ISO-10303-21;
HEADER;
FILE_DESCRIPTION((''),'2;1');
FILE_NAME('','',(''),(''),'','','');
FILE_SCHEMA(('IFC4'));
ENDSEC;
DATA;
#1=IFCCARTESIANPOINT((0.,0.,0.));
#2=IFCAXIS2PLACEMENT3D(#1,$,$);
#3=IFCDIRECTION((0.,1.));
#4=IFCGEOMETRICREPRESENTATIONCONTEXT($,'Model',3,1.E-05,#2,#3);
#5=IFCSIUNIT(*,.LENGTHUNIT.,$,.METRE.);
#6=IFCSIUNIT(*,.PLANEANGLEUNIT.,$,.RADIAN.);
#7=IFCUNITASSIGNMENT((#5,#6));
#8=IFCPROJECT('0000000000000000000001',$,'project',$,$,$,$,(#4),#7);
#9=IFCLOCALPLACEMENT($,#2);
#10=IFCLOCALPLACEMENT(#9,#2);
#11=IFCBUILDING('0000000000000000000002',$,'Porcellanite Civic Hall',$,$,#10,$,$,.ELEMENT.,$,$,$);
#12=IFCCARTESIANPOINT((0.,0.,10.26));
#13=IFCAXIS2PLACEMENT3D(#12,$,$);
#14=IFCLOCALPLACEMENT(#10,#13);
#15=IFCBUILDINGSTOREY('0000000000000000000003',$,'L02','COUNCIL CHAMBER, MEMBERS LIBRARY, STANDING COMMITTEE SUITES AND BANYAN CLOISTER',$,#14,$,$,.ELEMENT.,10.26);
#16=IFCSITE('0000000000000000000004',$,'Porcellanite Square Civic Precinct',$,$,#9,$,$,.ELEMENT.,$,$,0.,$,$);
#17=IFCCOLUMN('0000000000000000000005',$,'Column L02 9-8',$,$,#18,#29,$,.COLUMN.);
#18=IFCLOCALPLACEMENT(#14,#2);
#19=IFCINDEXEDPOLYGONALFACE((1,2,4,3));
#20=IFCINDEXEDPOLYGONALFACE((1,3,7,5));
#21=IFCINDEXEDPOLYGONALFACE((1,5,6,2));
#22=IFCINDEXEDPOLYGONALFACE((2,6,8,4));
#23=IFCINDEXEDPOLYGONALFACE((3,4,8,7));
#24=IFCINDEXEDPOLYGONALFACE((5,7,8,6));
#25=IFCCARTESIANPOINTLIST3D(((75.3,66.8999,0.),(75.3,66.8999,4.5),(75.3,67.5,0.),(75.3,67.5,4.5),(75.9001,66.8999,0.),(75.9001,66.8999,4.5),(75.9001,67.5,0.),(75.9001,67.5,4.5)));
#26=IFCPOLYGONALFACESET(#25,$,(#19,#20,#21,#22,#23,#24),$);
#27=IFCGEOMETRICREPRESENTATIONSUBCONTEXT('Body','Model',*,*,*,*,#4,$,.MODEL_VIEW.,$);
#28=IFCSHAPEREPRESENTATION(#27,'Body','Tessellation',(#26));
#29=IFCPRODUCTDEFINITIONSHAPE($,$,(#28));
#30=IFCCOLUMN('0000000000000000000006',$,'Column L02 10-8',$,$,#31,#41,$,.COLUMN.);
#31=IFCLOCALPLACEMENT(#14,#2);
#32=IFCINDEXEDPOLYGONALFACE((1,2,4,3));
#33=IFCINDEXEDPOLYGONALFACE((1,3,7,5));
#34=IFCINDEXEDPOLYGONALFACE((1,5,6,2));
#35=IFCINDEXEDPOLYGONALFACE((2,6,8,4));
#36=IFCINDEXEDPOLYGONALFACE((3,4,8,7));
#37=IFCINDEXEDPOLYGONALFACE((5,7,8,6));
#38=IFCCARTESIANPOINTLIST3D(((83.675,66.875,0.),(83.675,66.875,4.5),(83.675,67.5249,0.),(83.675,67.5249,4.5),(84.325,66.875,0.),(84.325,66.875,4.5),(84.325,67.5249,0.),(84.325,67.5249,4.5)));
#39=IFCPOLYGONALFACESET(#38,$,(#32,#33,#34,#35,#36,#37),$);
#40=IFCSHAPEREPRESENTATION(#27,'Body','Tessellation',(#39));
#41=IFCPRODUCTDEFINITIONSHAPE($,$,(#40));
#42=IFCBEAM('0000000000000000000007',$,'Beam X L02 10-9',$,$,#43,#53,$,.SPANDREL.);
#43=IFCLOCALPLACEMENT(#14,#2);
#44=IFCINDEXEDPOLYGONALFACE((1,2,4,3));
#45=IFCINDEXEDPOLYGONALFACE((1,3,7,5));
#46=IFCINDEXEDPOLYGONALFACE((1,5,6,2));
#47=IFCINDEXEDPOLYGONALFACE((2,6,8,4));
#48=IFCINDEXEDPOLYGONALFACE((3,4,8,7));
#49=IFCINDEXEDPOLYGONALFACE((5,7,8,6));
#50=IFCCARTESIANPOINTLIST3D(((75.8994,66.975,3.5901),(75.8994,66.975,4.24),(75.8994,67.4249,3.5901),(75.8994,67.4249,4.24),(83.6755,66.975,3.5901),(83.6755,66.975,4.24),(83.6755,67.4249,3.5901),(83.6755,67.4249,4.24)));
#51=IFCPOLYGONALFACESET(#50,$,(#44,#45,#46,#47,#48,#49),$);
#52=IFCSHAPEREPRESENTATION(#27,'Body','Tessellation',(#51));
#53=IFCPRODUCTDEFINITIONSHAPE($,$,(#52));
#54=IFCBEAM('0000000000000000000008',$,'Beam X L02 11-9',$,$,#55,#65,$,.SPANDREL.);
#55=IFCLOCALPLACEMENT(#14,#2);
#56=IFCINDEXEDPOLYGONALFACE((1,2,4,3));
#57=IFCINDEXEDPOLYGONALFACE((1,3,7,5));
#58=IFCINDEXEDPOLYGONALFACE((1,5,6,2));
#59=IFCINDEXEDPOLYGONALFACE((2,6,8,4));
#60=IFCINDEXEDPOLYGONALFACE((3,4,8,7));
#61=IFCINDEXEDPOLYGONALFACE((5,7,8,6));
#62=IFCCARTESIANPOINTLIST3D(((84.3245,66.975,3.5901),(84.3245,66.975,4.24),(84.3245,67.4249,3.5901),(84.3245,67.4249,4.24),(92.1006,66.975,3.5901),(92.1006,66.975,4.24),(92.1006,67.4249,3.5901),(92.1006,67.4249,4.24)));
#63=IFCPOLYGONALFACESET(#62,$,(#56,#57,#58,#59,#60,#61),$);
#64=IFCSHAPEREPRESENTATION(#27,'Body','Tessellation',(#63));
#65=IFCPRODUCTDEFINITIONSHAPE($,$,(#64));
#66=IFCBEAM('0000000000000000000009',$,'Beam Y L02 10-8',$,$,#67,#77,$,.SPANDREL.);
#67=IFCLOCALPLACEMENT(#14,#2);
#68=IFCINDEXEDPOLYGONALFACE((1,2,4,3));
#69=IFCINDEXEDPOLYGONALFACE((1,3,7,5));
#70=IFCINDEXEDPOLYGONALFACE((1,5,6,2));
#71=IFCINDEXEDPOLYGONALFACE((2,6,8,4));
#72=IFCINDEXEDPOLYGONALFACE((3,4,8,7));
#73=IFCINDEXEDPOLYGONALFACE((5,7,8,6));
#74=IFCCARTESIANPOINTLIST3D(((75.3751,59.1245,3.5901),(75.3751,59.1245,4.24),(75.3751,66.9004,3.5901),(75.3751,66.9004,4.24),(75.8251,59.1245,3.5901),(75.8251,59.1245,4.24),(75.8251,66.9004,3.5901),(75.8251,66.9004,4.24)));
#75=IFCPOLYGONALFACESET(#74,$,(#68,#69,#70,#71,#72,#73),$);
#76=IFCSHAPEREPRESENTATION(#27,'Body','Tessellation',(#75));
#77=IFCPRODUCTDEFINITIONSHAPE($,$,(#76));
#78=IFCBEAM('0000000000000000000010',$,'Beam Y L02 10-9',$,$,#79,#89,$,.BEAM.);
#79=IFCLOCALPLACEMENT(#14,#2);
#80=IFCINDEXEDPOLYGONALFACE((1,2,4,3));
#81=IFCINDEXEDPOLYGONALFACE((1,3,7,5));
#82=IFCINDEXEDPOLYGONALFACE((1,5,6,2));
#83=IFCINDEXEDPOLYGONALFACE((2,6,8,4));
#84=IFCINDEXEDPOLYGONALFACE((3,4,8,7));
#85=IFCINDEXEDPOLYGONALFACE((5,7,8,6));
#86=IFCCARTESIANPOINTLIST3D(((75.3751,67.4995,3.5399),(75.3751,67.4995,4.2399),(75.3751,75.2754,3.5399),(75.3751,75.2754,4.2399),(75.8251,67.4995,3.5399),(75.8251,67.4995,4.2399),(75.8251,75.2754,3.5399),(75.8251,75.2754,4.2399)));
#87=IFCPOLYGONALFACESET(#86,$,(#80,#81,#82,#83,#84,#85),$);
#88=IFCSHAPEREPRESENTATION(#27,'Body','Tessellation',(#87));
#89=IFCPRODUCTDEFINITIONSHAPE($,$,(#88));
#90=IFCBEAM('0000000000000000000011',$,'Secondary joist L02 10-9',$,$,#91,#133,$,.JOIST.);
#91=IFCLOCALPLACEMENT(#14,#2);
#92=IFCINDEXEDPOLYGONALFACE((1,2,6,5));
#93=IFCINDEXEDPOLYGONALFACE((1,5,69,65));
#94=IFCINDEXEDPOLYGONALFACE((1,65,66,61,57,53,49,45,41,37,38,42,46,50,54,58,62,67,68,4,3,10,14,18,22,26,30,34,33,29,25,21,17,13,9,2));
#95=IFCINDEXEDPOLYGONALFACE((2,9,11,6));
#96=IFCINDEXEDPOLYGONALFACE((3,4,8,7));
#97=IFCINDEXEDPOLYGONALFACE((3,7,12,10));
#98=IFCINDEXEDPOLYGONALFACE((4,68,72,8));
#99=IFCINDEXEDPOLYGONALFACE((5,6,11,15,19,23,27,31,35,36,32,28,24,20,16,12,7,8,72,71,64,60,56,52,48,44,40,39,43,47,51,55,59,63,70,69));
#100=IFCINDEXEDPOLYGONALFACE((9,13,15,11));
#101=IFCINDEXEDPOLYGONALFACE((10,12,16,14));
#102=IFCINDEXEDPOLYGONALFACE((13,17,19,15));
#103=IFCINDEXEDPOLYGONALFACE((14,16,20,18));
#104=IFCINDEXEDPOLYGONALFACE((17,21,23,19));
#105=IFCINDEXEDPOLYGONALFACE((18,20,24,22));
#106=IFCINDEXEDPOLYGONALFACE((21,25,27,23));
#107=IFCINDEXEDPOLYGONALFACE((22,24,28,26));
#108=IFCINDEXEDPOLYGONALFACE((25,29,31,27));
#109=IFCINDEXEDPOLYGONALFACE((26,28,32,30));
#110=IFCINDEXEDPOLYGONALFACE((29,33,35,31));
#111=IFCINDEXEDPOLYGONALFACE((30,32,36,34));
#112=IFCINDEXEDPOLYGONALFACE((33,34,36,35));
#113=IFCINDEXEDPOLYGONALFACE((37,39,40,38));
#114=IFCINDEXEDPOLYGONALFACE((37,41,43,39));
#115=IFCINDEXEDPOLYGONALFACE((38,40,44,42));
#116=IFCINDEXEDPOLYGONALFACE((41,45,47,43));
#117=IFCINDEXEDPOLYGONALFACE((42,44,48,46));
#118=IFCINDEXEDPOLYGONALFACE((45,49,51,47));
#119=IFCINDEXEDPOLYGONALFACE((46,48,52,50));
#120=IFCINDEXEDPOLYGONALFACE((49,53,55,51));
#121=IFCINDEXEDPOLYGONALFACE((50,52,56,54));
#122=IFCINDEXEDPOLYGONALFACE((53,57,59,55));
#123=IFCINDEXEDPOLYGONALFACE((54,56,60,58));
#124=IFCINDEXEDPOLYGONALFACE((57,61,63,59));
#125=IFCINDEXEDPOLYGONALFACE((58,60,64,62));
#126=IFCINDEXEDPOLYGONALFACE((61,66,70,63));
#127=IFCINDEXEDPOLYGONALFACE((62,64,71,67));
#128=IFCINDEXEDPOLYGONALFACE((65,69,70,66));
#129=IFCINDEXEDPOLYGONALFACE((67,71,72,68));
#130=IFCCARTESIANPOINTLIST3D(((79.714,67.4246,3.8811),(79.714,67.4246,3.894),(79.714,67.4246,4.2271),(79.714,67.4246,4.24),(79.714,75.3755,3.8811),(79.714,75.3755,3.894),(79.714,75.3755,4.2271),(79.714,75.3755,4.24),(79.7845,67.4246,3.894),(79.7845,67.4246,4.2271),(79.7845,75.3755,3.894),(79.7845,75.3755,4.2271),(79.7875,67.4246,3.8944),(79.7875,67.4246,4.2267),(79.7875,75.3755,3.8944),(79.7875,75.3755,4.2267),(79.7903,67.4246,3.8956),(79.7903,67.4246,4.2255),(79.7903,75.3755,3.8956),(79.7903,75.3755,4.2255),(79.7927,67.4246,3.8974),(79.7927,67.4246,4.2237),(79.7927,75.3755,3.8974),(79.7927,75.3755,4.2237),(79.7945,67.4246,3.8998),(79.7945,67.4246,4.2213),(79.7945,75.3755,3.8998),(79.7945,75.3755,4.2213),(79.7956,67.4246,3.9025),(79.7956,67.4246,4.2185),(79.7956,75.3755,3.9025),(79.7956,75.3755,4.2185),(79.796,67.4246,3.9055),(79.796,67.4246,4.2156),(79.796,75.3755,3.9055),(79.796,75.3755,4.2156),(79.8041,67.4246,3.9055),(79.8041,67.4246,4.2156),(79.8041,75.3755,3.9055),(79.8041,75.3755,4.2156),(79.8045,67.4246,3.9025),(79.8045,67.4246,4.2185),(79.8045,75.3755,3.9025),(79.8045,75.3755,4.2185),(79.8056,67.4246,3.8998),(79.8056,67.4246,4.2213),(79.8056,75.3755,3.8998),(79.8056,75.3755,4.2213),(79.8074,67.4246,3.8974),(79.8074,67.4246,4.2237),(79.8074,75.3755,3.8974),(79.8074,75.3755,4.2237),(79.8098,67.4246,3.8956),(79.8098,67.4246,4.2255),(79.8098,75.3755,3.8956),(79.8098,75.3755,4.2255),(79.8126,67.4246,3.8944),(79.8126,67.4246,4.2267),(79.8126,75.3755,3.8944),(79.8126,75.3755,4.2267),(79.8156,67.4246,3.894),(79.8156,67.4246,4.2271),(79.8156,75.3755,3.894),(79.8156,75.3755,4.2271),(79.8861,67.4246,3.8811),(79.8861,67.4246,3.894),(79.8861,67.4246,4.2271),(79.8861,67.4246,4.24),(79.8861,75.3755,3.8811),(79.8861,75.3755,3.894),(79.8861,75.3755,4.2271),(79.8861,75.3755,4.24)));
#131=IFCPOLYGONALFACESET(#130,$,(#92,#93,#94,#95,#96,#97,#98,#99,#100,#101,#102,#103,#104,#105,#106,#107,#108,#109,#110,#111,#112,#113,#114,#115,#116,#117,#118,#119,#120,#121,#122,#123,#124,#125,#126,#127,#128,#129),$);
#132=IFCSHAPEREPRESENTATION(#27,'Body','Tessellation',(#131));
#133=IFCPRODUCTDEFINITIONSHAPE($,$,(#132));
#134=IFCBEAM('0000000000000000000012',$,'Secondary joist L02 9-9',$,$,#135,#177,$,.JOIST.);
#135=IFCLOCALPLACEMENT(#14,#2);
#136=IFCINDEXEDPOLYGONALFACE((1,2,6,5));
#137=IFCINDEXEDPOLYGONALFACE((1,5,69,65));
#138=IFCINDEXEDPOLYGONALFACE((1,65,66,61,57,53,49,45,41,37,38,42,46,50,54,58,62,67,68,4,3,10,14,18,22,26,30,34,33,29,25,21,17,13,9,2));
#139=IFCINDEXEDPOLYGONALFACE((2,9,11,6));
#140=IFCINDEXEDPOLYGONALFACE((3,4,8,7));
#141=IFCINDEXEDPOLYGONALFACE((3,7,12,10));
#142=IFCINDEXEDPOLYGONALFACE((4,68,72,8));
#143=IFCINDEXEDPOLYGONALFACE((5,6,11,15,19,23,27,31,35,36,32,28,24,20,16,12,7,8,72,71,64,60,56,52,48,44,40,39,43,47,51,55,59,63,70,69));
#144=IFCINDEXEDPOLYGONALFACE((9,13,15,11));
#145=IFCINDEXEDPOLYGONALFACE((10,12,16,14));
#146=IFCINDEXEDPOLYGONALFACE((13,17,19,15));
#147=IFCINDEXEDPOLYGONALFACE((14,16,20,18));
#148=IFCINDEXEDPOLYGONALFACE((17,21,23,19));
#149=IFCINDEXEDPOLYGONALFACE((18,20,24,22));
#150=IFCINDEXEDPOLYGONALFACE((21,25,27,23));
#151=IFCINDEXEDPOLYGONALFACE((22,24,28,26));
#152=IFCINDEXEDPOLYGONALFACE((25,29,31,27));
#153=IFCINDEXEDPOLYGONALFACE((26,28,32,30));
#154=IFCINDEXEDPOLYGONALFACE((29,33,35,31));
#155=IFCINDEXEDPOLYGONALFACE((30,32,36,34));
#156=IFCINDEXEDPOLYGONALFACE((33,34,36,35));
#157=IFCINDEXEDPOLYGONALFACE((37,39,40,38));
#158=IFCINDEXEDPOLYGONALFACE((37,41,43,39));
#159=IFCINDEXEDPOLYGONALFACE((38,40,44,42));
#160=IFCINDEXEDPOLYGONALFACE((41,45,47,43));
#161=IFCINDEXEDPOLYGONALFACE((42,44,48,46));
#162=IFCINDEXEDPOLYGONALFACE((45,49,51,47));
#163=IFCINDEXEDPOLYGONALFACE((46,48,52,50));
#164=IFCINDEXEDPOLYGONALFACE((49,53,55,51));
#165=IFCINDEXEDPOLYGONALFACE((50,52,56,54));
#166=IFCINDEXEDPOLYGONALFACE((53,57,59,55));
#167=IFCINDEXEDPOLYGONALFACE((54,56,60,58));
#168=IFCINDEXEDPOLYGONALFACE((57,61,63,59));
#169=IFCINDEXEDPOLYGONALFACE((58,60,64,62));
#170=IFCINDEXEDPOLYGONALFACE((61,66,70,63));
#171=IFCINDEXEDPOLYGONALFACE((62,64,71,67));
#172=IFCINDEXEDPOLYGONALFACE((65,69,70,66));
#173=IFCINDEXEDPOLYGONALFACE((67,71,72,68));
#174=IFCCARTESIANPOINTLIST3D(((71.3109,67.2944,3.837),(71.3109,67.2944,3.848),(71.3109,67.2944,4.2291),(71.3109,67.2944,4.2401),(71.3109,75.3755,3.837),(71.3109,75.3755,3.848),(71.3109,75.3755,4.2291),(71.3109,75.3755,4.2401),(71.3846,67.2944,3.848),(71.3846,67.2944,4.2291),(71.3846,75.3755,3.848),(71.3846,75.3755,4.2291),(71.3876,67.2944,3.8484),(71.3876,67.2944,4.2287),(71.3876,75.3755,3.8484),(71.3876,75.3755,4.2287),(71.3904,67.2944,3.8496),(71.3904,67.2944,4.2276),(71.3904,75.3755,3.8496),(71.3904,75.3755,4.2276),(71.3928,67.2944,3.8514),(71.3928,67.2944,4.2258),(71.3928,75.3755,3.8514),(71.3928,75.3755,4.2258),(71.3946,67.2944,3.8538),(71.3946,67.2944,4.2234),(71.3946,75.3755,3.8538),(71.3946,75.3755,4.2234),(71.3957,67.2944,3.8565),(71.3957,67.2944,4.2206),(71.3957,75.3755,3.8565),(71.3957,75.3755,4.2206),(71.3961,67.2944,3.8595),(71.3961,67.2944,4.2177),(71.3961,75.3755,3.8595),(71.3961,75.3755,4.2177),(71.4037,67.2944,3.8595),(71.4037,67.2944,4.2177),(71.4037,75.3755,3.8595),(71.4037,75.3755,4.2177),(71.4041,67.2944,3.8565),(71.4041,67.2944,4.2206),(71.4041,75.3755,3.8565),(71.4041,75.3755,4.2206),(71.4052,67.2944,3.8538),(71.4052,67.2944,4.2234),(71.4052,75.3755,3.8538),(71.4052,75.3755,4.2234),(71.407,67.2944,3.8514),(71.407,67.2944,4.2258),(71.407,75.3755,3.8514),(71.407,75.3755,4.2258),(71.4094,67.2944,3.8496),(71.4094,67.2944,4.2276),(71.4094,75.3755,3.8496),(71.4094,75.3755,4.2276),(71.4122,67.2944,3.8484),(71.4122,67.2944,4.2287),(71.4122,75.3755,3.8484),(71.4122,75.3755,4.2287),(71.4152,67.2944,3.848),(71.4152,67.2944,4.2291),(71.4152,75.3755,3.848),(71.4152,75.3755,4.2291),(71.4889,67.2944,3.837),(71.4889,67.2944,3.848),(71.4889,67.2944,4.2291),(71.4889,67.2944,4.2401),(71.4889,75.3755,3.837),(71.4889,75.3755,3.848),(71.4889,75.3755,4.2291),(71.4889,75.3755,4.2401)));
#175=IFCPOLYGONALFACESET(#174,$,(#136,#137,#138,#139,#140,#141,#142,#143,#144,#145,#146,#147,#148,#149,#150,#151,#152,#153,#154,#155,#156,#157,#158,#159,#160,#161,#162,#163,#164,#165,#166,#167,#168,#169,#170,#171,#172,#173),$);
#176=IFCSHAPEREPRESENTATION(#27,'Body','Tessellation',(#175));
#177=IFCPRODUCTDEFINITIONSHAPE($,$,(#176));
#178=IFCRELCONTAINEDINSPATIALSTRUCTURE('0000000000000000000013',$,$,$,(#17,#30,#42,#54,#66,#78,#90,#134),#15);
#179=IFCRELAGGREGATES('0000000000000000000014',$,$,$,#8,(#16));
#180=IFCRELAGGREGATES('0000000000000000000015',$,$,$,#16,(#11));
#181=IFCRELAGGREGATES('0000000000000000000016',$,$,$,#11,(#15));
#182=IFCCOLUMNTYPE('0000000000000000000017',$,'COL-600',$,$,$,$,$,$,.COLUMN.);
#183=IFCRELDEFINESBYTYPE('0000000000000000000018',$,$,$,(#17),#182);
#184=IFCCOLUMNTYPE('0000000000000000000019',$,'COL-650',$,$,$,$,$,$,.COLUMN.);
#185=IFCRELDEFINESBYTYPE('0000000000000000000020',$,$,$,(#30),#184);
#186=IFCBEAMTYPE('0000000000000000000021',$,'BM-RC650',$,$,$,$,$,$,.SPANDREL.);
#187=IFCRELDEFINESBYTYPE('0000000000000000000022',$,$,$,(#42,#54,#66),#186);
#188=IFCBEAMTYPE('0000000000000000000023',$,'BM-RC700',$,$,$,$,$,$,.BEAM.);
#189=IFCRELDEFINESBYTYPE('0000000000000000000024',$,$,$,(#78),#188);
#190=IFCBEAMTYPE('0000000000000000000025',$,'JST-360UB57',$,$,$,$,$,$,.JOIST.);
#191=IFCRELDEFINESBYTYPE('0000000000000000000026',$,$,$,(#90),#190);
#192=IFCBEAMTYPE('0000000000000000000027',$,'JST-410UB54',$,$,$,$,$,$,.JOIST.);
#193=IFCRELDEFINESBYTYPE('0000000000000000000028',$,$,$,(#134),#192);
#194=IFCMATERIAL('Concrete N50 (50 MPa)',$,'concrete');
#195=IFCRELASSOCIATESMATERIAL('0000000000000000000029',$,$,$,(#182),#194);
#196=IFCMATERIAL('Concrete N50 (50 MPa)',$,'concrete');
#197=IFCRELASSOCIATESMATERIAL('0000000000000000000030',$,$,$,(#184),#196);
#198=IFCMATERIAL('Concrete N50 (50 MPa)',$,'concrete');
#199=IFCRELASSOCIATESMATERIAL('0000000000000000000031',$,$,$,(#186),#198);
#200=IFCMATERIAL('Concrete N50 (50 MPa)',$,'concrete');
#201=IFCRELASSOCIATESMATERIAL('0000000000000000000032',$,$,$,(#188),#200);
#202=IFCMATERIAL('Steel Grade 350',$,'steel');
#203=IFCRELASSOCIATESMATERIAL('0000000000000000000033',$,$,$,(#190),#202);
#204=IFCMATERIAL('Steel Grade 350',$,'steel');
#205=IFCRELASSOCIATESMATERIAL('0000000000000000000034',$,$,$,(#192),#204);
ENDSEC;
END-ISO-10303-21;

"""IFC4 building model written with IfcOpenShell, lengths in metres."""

from ifc_helpers import new_model, si_unit, direction, frame, origin, origin_2d, place, context, subcontext, project, spatial, rectangle, i_section, extrude, material, material_profile, profile_set, type_object, element, save


model = new_model("IFC4")

# Units and contexts
model_context = context("Model", 3, precision=1e-05, world=origin(), true_north=direction((0.0, 1.0)))
body_context = subcontext(model_context, "Body", "Model", "MODEL_VIEW")
ifc_project = project(units=[si_unit("LENGTHUNIT", "METRE"), si_unit("PLANEANGLEUNIT", "RADIAN")], contexts=[model_context])

# Site, building, storey
site_placement = place(None, origin())
site = spatial("IfcSite", under=ifc_project, at=site_placement, Name="Porcellanite Square Civic Precinct", CompositionType="ELEMENT", RefElevation=0.0)
building_placement = place(site_placement, origin())
building = spatial("IfcBuilding", under=site, at=building_placement, Name="Porcellanite Civic Hall", CompositionType="ELEMENT")
storey_placement = place(building_placement, frame((0.0, 0.0, 10.26)))
storey = spatial("IfcBuildingStorey", under=building, at=storey_placement, Name="L02", Description="COUNCIL CHAMBER, MEMBERS LIBRARY, STANDING COMMITTEE SUITES AND BANYAN CLOISTER", CompositionType="ELEMENT", Elevation=10.26)

# Columns
ifc_material_1 = material(Name="Concrete N50 (50 MPa)", Category="concrete")
ifc_material_profile_1 = material_profile(ifc_material_1, rectangle(XDim=0.6001, YDim=0.6001, at=origin_2d()), Name="RC-600x600")
ifc_profile_set_1 = profile_set([ifc_material_profile_1], Name="Concrete N50 (50 MPa)")
column_type_1 = type_object("IfcColumnType", Name="COL-600", PredefinedType="COLUMN", material=ifc_profile_set_1)
column_1_placement = place(storey_placement, frame((75.6001, 67.2, 0.0), z_axis=(0.0, 0.0, 1.0), x_axis=(1.0, 0.0, 0.0)))
element("IfcColumn", 1, at=column_1_placement, inside=storey, type_object=column_type_1, Name="Column L02 9-8", PredefinedType="COLUMN", context=body_context, shape_type="SweptSolid", body=[
    extrude(rectangle(XDim=0.6001, YDim=0.6001, at=origin_2d()), origin(), (0.0, 0.0, 1.0), 4.5),
])
ifc_material_2 = material(Name="Concrete N50 (50 MPa)", Category="concrete")
ifc_material_profile_2 = material_profile(ifc_material_2, rectangle(XDim=0.6499, YDim=0.6499, at=origin_2d()), Name="RC-650x650")
ifc_profile_set_2 = profile_set([ifc_material_profile_2], Name="Concrete N50 (50 MPa)")
column_type_2 = type_object("IfcColumnType", Name="COL-650", PredefinedType="COLUMN", material=ifc_profile_set_2)
column_2_placement = place(storey_placement, frame((84.0, 67.2, 0.0), z_axis=(0.0, 0.0, 1.0), x_axis=(1.0, 0.0, 0.0)))
element("IfcColumn", 2, at=column_2_placement, inside=storey, type_object=column_type_2, Name="Column L02 10-8", PredefinedType="COLUMN", context=body_context, shape_type="SweptSolid", body=[
    extrude(rectangle(XDim=0.6499, YDim=0.6499, at=origin_2d()), origin(), (0.0, 0.0, 1.0), 4.5),
])

# Beams
ifc_material_3 = material(Name="Concrete N50 (50 MPa)", Category="concrete")
ifc_material_profile_3 = material_profile(ifc_material_3, rectangle(XDim=0.45, YDim=0.6499, at=origin_2d()), Name="RC-450x650")
ifc_profile_set_3 = profile_set([ifc_material_profile_3], Name="Concrete N50 (50 MPa)")
beam_type_1 = type_object("IfcBeamType", Name="BM-RC650", PredefinedType="SPANDREL", material=ifc_profile_set_3)
for number, where, z_axis, x_axis, name in (
    (3, (75.8994, 67.2, 3.915), (1.0, 0.0, 0.0), (0.0, 1.0, 0.0), "Beam X L02 10-9"),
    (4, (84.3245, 67.2, 3.915), (1.0, 0.0, 0.0), (0.0, 1.0, 0.0), "Beam X L02 11-9"),
):
    element("IfcBeam", number, at=place(storey_placement, frame(where, z_axis=z_axis, x_axis=x_axis)), inside=storey, type_object=beam_type_1, Name=name, PredefinedType="SPANDREL", context=body_context, shape_type="SweptSolid", body=[
        extrude(rectangle(XDim=0.45, YDim=0.6499, at=origin_2d()), origin(), (0.0, 0.0, 1.0), 7.7761),
    ])
beam_1_placement = place(storey_placement, frame((75.6001, 59.1245, 3.915), z_axis=(0.0, 1.0, 0.0), x_axis=(-1.0, 0.0, 0.0)))
element("IfcBeam", 5, at=beam_1_placement, inside=storey, type_object=beam_type_1, Name="Beam Y L02 10-8", PredefinedType="SPANDREL", context=body_context, shape_type="SweptSolid", body=[
    extrude(rectangle(XDim=0.45, YDim=0.6499, at=origin_2d()), origin(), (0.0, 0.0, 1.0), 7.7759),
])
ifc_material_4 = material(Name="Concrete N50 (50 MPa)", Category="concrete")
ifc_material_profile_4 = material_profile(ifc_material_4, rectangle(XDim=0.45, YDim=0.7, at=origin_2d()), Name="RC-450x700")
ifc_profile_set_4 = profile_set([ifc_material_profile_4], Name="Concrete N50 (50 MPa)")
beam_type_2 = type_object("IfcBeamType", Name="BM-RC700", PredefinedType="BEAM", material=ifc_profile_set_4)
beam_2_placement = place(storey_placement, frame((75.6001, 67.4995, 3.8899), z_axis=(0.0, 1.0, 0.0), x_axis=(-1.0, 0.0, 0.0)))
element("IfcBeam", 6, at=beam_2_placement, inside=storey, type_object=beam_type_2, Name="Beam Y L02 10-9", PredefinedType="BEAM", context=body_context, shape_type="SweptSolid", body=[
    extrude(rectangle(XDim=0.45, YDim=0.7, at=origin_2d()), origin(), (0.0, 0.0, 1.0), 7.7759),
])
ifc_material_5 = material(Name="Steel Grade 350", Category="steel")
ifc_material_profile_5 = material_profile(ifc_material_5, i_section(OverallWidth=0.1721, OverallDepth=0.3589, WebThickness=0.0081, FlangeThickness=0.0129, FilletRadius=0.0115, at=origin_2d()), Name="360UB56.7")
ifc_profile_set_5 = profile_set([ifc_material_profile_5], Name="Steel Grade 350")
beam_type_3 = type_object("IfcBeamType", Name="JST-360UB57", PredefinedType="JOIST", material=ifc_profile_set_5)
beam_3_placement = place(storey_placement, frame((79.8, 67.4246, 4.0605), z_axis=(0.0, 1.0, 0.0), x_axis=(-1.0, 0.0, 0.0)))
element("IfcBeam", 7, at=beam_3_placement, inside=storey, type_object=beam_type_3, Name="Secondary joist L02 10-9", PredefinedType="JOIST", context=body_context, shape_type="SweptSolid", body=[
    extrude(i_section(OverallWidth=0.1721, OverallDepth=0.3589, WebThickness=0.0081, FlangeThickness=0.0129, FilletRadius=0.0115, at=origin_2d()), origin(), (0.0, 0.0, 1.0), 7.9509),
])
ifc_material_6 = material(Name="Steel Grade 350", Category="steel")
ifc_material_profile_6 = material_profile(ifc_material_6, i_section(OverallWidth=0.178, OverallDepth=0.4031, WebThickness=0.0076, FlangeThickness=0.011, FilletRadius=0.0115, at=origin_2d()), Name="410UB53.7")
ifc_profile_set_6 = profile_set([ifc_material_profile_6], Name="Steel Grade 350")
beam_type_4 = type_object("IfcBeamType", Name="JST-410UB54", PredefinedType="JOIST", material=ifc_profile_set_6)
beam_4_placement = place(storey_placement, frame((71.3999, 67.2944, 4.0386), z_axis=(0.0, 1.0, 0.0), x_axis=(-1.0, 0.0, 0.0)))
element("IfcBeam", 8, at=beam_4_placement, inside=storey, type_object=beam_type_4, Name="Secondary joist L02 9-9", PredefinedType="JOIST", context=body_context, shape_type="SweptSolid", body=[
    extrude(i_section(OverallWidth=0.178, OverallDepth=0.4031, WebThickness=0.0076, FlangeThickness=0.011, FilletRadius=0.0115, at=origin_2d()), origin(), (0.0, 0.0, 1.0), 8.0811),
])

save(model, "model.ifc")
